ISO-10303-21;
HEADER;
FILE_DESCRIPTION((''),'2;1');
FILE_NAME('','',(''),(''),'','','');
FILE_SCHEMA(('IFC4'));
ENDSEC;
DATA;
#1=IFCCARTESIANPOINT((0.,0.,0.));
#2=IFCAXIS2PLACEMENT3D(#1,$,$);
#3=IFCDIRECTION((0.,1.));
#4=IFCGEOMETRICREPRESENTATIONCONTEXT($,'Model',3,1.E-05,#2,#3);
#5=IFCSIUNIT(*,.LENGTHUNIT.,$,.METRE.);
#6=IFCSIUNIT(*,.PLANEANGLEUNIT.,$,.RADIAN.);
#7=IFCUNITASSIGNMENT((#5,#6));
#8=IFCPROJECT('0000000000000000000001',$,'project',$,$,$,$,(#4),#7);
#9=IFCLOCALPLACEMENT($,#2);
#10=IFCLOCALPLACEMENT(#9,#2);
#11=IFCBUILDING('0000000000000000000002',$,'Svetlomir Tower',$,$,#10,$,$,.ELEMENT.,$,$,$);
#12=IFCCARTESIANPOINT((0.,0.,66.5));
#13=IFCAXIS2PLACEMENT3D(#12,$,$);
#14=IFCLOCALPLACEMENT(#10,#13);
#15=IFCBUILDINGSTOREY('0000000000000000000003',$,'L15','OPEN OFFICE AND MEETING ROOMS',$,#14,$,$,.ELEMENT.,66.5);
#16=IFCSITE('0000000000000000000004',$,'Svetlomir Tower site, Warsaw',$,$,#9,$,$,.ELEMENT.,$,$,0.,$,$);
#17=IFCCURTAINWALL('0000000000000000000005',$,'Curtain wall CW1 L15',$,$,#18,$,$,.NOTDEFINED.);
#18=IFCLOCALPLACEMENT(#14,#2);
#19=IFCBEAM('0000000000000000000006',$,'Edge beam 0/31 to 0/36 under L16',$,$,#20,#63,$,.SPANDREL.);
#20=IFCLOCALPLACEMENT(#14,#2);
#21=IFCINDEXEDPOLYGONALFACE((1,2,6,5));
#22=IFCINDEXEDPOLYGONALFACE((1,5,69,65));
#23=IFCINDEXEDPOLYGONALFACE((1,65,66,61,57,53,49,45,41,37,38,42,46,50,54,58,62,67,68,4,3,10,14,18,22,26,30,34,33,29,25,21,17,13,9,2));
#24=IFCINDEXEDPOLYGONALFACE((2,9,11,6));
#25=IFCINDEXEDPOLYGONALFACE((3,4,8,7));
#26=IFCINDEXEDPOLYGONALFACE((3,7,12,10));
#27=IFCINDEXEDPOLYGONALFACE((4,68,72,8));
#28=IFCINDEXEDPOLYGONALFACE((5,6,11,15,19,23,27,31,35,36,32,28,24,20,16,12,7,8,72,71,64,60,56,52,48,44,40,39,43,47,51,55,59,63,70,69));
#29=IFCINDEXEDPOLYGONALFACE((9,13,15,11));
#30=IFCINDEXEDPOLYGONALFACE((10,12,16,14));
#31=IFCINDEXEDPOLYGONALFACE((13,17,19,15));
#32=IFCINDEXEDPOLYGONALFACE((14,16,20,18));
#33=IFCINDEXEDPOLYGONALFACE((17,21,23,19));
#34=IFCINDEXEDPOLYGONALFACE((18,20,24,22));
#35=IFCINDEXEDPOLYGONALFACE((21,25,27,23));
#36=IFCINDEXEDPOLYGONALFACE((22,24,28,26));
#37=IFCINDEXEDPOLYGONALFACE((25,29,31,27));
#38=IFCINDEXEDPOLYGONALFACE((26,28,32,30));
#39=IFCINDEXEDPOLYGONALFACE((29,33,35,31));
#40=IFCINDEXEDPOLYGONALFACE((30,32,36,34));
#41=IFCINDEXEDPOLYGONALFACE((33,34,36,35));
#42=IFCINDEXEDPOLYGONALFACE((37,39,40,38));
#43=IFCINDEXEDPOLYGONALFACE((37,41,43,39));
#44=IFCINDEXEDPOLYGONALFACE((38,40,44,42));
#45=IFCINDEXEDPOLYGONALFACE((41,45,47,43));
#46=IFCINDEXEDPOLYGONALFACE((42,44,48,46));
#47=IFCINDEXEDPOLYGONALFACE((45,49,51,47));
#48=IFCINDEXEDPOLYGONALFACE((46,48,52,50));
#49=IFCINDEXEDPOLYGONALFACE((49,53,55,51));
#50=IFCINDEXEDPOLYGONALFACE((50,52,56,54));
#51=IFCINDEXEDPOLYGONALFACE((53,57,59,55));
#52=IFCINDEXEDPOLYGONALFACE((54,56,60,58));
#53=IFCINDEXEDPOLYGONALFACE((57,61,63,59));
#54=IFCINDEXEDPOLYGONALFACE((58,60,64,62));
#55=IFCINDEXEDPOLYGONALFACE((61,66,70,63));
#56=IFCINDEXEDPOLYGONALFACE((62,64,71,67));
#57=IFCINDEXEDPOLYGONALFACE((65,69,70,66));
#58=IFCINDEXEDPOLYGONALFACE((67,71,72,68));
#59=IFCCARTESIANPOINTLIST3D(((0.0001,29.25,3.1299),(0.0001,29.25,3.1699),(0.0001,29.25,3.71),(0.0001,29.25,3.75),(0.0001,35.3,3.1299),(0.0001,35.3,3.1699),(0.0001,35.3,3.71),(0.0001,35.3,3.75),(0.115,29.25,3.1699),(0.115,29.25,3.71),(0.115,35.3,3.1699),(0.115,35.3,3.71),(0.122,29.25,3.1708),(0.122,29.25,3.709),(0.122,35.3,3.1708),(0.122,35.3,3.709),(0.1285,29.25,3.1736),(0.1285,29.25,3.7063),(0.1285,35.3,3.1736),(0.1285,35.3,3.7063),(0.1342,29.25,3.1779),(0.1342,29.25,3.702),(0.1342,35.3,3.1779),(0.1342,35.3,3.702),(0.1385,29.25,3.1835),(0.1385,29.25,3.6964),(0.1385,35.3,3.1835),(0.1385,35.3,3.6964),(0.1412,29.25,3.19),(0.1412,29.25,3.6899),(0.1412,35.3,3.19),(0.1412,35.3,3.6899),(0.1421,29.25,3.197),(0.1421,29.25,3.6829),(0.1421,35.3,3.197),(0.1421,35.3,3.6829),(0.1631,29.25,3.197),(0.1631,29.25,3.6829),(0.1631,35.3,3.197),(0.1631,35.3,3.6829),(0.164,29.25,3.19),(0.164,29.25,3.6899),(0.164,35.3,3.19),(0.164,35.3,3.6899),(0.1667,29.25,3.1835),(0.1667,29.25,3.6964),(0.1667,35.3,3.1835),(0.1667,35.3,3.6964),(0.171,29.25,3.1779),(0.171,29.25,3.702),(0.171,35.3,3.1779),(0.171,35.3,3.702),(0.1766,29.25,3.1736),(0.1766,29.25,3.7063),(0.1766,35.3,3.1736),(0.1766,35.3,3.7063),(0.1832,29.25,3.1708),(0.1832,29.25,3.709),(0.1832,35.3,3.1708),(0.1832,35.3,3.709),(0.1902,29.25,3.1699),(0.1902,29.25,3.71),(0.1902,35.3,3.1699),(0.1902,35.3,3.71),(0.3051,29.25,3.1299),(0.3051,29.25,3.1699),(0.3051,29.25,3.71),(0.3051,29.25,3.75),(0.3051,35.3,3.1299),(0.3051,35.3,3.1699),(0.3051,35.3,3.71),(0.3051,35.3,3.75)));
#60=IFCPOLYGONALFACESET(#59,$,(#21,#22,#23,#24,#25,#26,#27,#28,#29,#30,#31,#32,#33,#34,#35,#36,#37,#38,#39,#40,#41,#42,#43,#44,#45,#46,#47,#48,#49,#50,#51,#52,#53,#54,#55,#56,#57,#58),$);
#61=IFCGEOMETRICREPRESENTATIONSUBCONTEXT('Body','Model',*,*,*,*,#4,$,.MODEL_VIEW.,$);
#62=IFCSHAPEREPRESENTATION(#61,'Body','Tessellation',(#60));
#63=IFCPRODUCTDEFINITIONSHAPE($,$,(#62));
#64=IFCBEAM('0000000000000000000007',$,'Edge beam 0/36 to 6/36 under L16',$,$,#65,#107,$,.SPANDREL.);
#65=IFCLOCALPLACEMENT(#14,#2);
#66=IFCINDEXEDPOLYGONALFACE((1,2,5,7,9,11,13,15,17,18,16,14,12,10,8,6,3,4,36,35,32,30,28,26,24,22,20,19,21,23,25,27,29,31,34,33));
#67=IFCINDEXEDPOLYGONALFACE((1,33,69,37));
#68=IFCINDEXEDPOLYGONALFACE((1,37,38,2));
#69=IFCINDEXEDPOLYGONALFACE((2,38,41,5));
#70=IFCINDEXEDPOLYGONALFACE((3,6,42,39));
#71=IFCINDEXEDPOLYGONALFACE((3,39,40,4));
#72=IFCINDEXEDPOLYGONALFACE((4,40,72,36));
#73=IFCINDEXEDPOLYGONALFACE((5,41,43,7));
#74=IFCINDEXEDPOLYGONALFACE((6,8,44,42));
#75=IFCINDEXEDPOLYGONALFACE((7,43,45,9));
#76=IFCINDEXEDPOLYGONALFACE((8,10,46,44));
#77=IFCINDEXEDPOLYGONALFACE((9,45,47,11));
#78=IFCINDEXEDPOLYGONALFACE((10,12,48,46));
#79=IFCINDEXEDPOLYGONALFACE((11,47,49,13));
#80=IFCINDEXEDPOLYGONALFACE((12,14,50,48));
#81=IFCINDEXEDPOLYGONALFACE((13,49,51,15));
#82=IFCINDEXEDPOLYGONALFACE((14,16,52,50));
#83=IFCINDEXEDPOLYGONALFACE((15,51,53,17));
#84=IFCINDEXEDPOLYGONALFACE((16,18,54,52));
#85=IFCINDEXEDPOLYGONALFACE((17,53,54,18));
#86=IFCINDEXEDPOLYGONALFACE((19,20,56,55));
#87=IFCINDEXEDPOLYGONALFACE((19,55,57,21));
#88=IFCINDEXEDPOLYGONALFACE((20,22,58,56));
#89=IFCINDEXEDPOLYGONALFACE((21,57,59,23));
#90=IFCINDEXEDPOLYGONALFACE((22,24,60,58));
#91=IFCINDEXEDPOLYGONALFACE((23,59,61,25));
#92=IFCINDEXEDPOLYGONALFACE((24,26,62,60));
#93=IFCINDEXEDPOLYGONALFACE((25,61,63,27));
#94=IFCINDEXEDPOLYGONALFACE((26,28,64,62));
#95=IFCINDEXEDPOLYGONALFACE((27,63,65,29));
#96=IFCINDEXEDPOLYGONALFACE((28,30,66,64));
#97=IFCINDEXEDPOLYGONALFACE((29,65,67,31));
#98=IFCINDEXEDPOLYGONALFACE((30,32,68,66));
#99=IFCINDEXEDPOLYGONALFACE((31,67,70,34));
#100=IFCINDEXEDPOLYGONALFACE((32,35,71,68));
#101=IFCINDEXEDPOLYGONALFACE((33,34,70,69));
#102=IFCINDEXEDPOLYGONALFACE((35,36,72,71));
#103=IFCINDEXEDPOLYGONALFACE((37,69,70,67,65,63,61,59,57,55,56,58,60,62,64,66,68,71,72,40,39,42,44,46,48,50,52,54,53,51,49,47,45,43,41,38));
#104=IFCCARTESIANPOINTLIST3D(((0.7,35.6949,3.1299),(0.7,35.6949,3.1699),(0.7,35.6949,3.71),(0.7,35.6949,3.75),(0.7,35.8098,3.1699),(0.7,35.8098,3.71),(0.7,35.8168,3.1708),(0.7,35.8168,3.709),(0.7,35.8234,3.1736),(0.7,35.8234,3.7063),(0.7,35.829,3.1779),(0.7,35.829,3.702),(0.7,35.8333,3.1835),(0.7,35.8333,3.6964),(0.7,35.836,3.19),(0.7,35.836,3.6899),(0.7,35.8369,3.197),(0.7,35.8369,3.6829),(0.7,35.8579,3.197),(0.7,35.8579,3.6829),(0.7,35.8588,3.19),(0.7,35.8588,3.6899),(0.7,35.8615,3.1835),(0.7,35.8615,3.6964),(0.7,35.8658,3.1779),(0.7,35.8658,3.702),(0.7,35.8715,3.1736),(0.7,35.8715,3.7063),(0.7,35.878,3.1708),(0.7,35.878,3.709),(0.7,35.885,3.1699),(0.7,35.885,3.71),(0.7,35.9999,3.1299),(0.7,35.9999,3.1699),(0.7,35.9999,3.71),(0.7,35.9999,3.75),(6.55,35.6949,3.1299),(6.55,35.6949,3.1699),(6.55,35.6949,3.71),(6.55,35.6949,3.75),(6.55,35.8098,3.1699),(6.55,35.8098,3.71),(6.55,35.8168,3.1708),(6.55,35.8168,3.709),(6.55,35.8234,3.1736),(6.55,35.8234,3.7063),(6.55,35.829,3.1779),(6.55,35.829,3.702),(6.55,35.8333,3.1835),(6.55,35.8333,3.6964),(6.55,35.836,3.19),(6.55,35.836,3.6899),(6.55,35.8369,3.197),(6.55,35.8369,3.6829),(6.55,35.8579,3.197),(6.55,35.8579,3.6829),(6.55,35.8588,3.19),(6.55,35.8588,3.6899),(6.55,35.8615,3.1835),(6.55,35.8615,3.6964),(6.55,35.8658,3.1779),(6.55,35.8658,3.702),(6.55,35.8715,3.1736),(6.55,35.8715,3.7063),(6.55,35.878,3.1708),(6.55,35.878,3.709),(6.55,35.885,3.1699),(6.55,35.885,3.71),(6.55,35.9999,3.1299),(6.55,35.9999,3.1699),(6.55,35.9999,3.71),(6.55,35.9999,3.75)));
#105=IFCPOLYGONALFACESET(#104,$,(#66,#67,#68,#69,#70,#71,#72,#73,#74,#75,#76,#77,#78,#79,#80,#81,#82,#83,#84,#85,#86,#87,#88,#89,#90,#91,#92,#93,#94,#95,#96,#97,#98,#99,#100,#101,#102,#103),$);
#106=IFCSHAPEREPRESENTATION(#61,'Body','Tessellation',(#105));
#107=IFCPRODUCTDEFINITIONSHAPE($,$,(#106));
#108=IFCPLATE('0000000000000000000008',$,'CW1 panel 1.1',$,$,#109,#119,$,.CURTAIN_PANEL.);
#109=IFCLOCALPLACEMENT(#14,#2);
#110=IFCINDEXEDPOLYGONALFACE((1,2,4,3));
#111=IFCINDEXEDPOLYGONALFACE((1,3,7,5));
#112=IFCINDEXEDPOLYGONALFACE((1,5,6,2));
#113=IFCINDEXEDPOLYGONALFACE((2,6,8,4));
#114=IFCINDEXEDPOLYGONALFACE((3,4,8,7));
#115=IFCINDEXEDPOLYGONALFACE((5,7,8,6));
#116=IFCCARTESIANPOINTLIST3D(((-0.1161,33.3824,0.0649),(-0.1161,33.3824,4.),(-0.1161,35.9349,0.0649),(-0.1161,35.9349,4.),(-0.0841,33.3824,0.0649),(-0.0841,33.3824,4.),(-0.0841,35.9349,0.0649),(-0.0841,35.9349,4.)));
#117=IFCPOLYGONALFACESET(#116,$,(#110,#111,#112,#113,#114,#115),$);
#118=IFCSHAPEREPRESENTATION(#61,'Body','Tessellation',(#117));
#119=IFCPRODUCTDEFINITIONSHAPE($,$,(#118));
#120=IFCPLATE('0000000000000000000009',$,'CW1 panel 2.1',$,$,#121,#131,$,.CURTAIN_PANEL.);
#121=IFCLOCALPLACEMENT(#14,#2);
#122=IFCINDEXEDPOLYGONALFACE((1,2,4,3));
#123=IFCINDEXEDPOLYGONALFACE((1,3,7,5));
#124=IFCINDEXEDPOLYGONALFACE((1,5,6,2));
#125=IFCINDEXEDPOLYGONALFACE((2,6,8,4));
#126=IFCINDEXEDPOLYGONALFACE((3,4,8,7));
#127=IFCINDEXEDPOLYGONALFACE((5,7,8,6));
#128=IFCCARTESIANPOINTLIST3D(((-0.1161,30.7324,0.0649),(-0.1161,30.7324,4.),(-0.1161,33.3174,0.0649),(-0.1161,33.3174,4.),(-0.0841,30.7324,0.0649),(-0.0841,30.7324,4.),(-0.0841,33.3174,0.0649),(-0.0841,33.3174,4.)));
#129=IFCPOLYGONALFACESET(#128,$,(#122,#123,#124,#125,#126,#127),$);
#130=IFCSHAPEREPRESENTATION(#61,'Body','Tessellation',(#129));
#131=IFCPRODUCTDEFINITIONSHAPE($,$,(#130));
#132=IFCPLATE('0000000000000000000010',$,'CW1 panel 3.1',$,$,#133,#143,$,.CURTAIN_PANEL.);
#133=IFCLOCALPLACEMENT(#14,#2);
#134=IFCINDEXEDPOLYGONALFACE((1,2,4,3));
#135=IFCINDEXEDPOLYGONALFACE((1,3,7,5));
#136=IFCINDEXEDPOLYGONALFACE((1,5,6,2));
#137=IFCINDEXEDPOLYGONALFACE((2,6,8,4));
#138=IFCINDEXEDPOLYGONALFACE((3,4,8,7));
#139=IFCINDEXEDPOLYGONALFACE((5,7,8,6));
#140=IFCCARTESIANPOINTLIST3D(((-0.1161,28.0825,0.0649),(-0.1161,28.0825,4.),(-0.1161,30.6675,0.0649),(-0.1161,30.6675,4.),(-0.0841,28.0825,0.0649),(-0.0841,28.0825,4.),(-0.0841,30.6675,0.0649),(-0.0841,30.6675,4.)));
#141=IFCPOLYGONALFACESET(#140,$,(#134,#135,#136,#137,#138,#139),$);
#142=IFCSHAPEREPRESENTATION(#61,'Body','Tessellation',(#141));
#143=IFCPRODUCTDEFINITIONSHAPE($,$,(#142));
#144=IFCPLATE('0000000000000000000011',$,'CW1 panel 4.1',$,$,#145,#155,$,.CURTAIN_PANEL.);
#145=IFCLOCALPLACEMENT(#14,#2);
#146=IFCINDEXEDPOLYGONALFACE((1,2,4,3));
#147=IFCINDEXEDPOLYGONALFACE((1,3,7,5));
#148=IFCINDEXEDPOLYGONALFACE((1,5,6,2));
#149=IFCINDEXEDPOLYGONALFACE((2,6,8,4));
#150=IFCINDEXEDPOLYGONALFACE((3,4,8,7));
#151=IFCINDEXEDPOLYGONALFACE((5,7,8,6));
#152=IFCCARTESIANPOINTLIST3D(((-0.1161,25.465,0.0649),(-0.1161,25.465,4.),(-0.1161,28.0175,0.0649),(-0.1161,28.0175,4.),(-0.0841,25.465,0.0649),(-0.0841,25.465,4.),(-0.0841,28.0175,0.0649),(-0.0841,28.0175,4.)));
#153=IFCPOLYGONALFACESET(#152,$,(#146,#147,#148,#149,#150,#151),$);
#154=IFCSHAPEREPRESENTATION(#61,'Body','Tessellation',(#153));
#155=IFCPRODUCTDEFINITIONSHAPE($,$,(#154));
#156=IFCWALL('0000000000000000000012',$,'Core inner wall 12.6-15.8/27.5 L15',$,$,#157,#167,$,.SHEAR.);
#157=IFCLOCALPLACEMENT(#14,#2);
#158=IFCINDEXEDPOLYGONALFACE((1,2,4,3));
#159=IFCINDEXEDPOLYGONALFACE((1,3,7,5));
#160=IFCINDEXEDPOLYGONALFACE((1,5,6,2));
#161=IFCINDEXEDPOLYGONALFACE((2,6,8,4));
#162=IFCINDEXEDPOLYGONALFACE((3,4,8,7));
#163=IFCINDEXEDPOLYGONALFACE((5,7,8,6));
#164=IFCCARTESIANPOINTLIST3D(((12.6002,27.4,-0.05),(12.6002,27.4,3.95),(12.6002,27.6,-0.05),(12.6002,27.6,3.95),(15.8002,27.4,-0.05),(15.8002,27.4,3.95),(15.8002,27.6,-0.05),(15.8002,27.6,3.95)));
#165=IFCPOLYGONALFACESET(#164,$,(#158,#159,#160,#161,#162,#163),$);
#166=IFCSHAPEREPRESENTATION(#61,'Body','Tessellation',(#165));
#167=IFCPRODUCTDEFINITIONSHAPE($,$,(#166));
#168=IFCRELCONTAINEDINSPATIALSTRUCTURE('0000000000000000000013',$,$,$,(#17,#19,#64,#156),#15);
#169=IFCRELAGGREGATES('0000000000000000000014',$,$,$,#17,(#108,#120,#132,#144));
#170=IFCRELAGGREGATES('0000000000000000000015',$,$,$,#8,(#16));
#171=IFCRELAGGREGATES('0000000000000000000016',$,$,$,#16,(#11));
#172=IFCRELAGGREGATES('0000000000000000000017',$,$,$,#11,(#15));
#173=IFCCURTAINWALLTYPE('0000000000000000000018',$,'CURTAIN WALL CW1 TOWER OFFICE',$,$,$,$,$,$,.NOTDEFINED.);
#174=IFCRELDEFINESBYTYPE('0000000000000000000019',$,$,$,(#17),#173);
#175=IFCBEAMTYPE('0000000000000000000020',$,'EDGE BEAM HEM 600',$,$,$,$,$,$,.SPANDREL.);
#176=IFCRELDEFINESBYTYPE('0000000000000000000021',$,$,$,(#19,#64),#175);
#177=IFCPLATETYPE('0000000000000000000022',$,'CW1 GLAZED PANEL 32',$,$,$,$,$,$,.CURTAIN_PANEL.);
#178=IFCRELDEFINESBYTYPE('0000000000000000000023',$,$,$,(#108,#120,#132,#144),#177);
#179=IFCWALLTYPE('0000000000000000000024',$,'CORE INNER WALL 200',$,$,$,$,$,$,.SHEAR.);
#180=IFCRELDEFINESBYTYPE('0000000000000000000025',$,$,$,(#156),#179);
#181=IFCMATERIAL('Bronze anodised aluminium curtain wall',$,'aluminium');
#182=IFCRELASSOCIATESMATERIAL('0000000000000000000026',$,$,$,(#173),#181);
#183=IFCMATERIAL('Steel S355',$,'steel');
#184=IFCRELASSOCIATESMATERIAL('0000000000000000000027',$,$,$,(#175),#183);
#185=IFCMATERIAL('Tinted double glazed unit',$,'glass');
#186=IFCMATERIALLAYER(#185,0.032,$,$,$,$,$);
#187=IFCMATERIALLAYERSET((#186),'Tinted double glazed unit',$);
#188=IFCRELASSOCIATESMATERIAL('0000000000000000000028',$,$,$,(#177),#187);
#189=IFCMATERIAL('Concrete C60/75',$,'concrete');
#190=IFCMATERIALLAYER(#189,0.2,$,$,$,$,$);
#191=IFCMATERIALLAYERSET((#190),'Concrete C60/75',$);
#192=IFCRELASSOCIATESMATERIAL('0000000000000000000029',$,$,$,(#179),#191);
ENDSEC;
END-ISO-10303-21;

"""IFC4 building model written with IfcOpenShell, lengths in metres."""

from ifc_helpers import new_model, si_unit, direction, frame, frame_2d, origin, origin_2d, place, context, subcontext, project, spatial, rectangle, i_section, extrude, material, layer, layer_set, material_profile, profile_set, type_object, element, aggregate, save


model = new_model("IFC4")

# Units and contexts
model_context = context("Model", 3, precision=1e-05, world=origin(), true_north=direction((0.0, 1.0)))
body_context = subcontext(model_context, "Body", "Model", "MODEL_VIEW")
ifc_project = project(units=[si_unit("LENGTHUNIT", "METRE"), si_unit("PLANEANGLEUNIT", "RADIAN")], contexts=[model_context])

# Site, building, storey
site_placement = place(None, origin())
site = spatial("IfcSite", under=ifc_project, at=site_placement, Name="Svetlomir Tower site, Warsaw", CompositionType="ELEMENT", RefElevation=0.0)
building_placement = place(site_placement, origin())
building = spatial("IfcBuilding", under=site, at=building_placement, Name="Svetlomir Tower", CompositionType="ELEMENT")
storey_placement = place(building_placement, frame((0.0, 0.0, 66.5)))
storey = spatial("IfcBuildingStorey", under=building, at=storey_placement, Name="L15", Description="OPEN OFFICE AND MEETING ROOMS", CompositionType="ELEMENT", Elevation=66.5)

# Curtain wall
ifc_material_1 = material(Name="Bronze anodised aluminium curtain wall", Category="aluminium")
curtain_wall_type = type_object("IfcCurtainWallType", Name="CURTAIN WALL CW1 TOWER OFFICE", PredefinedType="NOTDEFINED", material=ifc_material_1)
curtain_wall_1_placement = place(storey_placement, origin())
curtain_wall_1 = element("IfcCurtainWall", 1, at=curtain_wall_1_placement, inside=storey, type_object=curtain_wall_type, Name="Curtain wall CW1 L15", PredefinedType="NOTDEFINED")

# Beams
ifc_material_2 = material(Name="Steel S355", Category="steel")
ifc_material_profile_1 = material_profile(ifc_material_2, i_section(OverallWidth=0.3049, OverallDepth=0.6201, WebThickness=0.021, FlangeThickness=0.04, FilletRadius=0.0271, at=origin_2d()), Name="HEM 600")
ifc_profile_set_1 = profile_set([ifc_material_profile_1], Name="Steel S355")
beam_type = type_object("IfcBeamType", Name="EDGE BEAM HEM 600", PredefinedType="SPANDREL", material=ifc_profile_set_1)
beam_1_placement = place(storey_placement, frame((0.1526, 29.25, 3.4399), z_axis=(0.0, 1.0, 0.0), x_axis=(-1.0, 0.0, 0.0)))
element("IfcBeam", 2, at=beam_1_placement, inside=storey, type_object=beam_type, Name="Edge beam 0/31 to 0/36 under L16", PredefinedType="SPANDREL", context=body_context, shape_type="SweptSolid", body=[
    extrude(i_section(OverallWidth=0.3049, OverallDepth=0.6201, WebThickness=0.021, FlangeThickness=0.04, FilletRadius=0.0271, at=origin_2d()), origin(), (0.0, 0.0, 1.0), 6.05),
])
beam_2_placement = place(storey_placement, frame((0.7, 35.8474, 3.4399), z_axis=(1.0, 0.0, 0.0), x_axis=(0.0, 1.0, 0.0)))
element("IfcBeam", 3, at=beam_2_placement, inside=storey, type_object=beam_type, Name="Edge beam 0/36 to 6/36 under L16", PredefinedType="SPANDREL", context=body_context, shape_type="SweptSolid", body=[
    extrude(i_section(OverallWidth=0.3049, OverallDepth=0.6201, WebThickness=0.021, FlangeThickness=0.04, FilletRadius=0.0271, at=origin_2d()), origin(), (0.0, 0.0, 1.0), 5.8501),
])

# Plates
ifc_material_3 = material(Name="Tinted double glazed unit", Category="glass")
ifc_layer_1 = layer(ifc_material_3, 0.032)
ifc_layer_set_1 = layer_set([ifc_layer_1], Name="Tinted double glazed unit")
plate_type = type_object("IfcPlateType", Name="CW1 GLAZED PANEL 32", PredefinedType="CURTAIN_PANEL", material=ifc_layer_set_1)
plate_1_placement = place(storey_placement, frame((-0.1001, 34.6587, 0.0649), z_axis=(0.0, 0.0, 1.0), x_axis=(0.0, -1.0, 0.0)))
plate_1 = element("IfcPlate", 4, at=plate_1_placement, type_object=plate_type, Name="CW1 panel 1.1", PredefinedType="CURTAIN_PANEL", context=body_context, shape_type="SweptSolid", body=[
    extrude(rectangle(XDim=2.5525, YDim=0.032, at=origin_2d()), origin(), (0.0, 0.0, 1.0), 3.9351),
])
plate_2_placement = place(storey_placement, frame((-0.1001, 32.0249, 0.0649), z_axis=(0.0, 0.0, 1.0), x_axis=(0.0, -1.0, 0.0)))
plate_2 = element("IfcPlate", 5, at=plate_2_placement, type_object=plate_type, Name="CW1 panel 2.1", PredefinedType="CURTAIN_PANEL", context=body_context, shape_type="SweptSolid", body=[
    extrude(rectangle(XDim=2.585, YDim=0.032, at=origin_2d()), origin(), (0.0, 0.0, 1.0), 3.9351),
])
plate_3_placement = place(storey_placement, frame((-0.1001, 29.375, 0.0649), z_axis=(0.0, 0.0, 1.0), x_axis=(0.0, -1.0, 0.0)))
plate_3 = element("IfcPlate", 6, at=plate_3_placement, type_object=plate_type, Name="CW1 panel 3.1", PredefinedType="CURTAIN_PANEL", context=body_context, shape_type="SweptSolid", body=[
    extrude(rectangle(XDim=2.585, YDim=0.032, at=origin_2d()), origin(), (0.0, 0.0, 1.0), 3.9351),
])
plate_4_placement = place(storey_placement, frame((-0.1001, 26.7412, 0.0649), z_axis=(0.0, 0.0, 1.0), x_axis=(0.0, -1.0, 0.0)))
plate_4 = element("IfcPlate", 7, at=plate_4_placement, type_object=plate_type, Name="CW1 panel 4.1", PredefinedType="CURTAIN_PANEL", context=body_context, shape_type="SweptSolid", body=[
    extrude(rectangle(XDim=2.5525, YDim=0.032, at=origin_2d()), origin(), (0.0, 0.0, 1.0), 3.9351),
])
aggregate(curtain_wall_1, [plate_1, plate_2, plate_3, plate_4])

# Wall
ifc_material_4 = material(Name="Concrete C60/75", Category="concrete")
ifc_layer_2 = layer(ifc_material_4, 0.2)
ifc_layer_set_2 = layer_set([ifc_layer_2], Name="Concrete C60/75")
wall_type_1 = type_object("IfcWallType", Name="CORE INNER WALL 200", PredefinedType="SHEAR", material=ifc_layer_set_2)
wall_1_placement = place(storey_placement, frame((12.6001, 27.5, -0.05), z_axis=(0.0, 0.0, 1.0), x_axis=(1.0, 0.0, 0.0)))
element("IfcWall", 8, at=wall_1_placement, inside=storey, type_object=wall_type_1, Name="Core inner wall 12.6-15.8/27.5 L15", PredefinedType="SHEAR", context=body_context, shape_type="SweptSolid", body=[
    extrude(rectangle(XDim=3.2, YDim=0.2, at=frame_2d((1.6001, 0.0))), origin(), (0.0, 0.0, 1.0), 4.0),
])

save(model, "model.ifc")
